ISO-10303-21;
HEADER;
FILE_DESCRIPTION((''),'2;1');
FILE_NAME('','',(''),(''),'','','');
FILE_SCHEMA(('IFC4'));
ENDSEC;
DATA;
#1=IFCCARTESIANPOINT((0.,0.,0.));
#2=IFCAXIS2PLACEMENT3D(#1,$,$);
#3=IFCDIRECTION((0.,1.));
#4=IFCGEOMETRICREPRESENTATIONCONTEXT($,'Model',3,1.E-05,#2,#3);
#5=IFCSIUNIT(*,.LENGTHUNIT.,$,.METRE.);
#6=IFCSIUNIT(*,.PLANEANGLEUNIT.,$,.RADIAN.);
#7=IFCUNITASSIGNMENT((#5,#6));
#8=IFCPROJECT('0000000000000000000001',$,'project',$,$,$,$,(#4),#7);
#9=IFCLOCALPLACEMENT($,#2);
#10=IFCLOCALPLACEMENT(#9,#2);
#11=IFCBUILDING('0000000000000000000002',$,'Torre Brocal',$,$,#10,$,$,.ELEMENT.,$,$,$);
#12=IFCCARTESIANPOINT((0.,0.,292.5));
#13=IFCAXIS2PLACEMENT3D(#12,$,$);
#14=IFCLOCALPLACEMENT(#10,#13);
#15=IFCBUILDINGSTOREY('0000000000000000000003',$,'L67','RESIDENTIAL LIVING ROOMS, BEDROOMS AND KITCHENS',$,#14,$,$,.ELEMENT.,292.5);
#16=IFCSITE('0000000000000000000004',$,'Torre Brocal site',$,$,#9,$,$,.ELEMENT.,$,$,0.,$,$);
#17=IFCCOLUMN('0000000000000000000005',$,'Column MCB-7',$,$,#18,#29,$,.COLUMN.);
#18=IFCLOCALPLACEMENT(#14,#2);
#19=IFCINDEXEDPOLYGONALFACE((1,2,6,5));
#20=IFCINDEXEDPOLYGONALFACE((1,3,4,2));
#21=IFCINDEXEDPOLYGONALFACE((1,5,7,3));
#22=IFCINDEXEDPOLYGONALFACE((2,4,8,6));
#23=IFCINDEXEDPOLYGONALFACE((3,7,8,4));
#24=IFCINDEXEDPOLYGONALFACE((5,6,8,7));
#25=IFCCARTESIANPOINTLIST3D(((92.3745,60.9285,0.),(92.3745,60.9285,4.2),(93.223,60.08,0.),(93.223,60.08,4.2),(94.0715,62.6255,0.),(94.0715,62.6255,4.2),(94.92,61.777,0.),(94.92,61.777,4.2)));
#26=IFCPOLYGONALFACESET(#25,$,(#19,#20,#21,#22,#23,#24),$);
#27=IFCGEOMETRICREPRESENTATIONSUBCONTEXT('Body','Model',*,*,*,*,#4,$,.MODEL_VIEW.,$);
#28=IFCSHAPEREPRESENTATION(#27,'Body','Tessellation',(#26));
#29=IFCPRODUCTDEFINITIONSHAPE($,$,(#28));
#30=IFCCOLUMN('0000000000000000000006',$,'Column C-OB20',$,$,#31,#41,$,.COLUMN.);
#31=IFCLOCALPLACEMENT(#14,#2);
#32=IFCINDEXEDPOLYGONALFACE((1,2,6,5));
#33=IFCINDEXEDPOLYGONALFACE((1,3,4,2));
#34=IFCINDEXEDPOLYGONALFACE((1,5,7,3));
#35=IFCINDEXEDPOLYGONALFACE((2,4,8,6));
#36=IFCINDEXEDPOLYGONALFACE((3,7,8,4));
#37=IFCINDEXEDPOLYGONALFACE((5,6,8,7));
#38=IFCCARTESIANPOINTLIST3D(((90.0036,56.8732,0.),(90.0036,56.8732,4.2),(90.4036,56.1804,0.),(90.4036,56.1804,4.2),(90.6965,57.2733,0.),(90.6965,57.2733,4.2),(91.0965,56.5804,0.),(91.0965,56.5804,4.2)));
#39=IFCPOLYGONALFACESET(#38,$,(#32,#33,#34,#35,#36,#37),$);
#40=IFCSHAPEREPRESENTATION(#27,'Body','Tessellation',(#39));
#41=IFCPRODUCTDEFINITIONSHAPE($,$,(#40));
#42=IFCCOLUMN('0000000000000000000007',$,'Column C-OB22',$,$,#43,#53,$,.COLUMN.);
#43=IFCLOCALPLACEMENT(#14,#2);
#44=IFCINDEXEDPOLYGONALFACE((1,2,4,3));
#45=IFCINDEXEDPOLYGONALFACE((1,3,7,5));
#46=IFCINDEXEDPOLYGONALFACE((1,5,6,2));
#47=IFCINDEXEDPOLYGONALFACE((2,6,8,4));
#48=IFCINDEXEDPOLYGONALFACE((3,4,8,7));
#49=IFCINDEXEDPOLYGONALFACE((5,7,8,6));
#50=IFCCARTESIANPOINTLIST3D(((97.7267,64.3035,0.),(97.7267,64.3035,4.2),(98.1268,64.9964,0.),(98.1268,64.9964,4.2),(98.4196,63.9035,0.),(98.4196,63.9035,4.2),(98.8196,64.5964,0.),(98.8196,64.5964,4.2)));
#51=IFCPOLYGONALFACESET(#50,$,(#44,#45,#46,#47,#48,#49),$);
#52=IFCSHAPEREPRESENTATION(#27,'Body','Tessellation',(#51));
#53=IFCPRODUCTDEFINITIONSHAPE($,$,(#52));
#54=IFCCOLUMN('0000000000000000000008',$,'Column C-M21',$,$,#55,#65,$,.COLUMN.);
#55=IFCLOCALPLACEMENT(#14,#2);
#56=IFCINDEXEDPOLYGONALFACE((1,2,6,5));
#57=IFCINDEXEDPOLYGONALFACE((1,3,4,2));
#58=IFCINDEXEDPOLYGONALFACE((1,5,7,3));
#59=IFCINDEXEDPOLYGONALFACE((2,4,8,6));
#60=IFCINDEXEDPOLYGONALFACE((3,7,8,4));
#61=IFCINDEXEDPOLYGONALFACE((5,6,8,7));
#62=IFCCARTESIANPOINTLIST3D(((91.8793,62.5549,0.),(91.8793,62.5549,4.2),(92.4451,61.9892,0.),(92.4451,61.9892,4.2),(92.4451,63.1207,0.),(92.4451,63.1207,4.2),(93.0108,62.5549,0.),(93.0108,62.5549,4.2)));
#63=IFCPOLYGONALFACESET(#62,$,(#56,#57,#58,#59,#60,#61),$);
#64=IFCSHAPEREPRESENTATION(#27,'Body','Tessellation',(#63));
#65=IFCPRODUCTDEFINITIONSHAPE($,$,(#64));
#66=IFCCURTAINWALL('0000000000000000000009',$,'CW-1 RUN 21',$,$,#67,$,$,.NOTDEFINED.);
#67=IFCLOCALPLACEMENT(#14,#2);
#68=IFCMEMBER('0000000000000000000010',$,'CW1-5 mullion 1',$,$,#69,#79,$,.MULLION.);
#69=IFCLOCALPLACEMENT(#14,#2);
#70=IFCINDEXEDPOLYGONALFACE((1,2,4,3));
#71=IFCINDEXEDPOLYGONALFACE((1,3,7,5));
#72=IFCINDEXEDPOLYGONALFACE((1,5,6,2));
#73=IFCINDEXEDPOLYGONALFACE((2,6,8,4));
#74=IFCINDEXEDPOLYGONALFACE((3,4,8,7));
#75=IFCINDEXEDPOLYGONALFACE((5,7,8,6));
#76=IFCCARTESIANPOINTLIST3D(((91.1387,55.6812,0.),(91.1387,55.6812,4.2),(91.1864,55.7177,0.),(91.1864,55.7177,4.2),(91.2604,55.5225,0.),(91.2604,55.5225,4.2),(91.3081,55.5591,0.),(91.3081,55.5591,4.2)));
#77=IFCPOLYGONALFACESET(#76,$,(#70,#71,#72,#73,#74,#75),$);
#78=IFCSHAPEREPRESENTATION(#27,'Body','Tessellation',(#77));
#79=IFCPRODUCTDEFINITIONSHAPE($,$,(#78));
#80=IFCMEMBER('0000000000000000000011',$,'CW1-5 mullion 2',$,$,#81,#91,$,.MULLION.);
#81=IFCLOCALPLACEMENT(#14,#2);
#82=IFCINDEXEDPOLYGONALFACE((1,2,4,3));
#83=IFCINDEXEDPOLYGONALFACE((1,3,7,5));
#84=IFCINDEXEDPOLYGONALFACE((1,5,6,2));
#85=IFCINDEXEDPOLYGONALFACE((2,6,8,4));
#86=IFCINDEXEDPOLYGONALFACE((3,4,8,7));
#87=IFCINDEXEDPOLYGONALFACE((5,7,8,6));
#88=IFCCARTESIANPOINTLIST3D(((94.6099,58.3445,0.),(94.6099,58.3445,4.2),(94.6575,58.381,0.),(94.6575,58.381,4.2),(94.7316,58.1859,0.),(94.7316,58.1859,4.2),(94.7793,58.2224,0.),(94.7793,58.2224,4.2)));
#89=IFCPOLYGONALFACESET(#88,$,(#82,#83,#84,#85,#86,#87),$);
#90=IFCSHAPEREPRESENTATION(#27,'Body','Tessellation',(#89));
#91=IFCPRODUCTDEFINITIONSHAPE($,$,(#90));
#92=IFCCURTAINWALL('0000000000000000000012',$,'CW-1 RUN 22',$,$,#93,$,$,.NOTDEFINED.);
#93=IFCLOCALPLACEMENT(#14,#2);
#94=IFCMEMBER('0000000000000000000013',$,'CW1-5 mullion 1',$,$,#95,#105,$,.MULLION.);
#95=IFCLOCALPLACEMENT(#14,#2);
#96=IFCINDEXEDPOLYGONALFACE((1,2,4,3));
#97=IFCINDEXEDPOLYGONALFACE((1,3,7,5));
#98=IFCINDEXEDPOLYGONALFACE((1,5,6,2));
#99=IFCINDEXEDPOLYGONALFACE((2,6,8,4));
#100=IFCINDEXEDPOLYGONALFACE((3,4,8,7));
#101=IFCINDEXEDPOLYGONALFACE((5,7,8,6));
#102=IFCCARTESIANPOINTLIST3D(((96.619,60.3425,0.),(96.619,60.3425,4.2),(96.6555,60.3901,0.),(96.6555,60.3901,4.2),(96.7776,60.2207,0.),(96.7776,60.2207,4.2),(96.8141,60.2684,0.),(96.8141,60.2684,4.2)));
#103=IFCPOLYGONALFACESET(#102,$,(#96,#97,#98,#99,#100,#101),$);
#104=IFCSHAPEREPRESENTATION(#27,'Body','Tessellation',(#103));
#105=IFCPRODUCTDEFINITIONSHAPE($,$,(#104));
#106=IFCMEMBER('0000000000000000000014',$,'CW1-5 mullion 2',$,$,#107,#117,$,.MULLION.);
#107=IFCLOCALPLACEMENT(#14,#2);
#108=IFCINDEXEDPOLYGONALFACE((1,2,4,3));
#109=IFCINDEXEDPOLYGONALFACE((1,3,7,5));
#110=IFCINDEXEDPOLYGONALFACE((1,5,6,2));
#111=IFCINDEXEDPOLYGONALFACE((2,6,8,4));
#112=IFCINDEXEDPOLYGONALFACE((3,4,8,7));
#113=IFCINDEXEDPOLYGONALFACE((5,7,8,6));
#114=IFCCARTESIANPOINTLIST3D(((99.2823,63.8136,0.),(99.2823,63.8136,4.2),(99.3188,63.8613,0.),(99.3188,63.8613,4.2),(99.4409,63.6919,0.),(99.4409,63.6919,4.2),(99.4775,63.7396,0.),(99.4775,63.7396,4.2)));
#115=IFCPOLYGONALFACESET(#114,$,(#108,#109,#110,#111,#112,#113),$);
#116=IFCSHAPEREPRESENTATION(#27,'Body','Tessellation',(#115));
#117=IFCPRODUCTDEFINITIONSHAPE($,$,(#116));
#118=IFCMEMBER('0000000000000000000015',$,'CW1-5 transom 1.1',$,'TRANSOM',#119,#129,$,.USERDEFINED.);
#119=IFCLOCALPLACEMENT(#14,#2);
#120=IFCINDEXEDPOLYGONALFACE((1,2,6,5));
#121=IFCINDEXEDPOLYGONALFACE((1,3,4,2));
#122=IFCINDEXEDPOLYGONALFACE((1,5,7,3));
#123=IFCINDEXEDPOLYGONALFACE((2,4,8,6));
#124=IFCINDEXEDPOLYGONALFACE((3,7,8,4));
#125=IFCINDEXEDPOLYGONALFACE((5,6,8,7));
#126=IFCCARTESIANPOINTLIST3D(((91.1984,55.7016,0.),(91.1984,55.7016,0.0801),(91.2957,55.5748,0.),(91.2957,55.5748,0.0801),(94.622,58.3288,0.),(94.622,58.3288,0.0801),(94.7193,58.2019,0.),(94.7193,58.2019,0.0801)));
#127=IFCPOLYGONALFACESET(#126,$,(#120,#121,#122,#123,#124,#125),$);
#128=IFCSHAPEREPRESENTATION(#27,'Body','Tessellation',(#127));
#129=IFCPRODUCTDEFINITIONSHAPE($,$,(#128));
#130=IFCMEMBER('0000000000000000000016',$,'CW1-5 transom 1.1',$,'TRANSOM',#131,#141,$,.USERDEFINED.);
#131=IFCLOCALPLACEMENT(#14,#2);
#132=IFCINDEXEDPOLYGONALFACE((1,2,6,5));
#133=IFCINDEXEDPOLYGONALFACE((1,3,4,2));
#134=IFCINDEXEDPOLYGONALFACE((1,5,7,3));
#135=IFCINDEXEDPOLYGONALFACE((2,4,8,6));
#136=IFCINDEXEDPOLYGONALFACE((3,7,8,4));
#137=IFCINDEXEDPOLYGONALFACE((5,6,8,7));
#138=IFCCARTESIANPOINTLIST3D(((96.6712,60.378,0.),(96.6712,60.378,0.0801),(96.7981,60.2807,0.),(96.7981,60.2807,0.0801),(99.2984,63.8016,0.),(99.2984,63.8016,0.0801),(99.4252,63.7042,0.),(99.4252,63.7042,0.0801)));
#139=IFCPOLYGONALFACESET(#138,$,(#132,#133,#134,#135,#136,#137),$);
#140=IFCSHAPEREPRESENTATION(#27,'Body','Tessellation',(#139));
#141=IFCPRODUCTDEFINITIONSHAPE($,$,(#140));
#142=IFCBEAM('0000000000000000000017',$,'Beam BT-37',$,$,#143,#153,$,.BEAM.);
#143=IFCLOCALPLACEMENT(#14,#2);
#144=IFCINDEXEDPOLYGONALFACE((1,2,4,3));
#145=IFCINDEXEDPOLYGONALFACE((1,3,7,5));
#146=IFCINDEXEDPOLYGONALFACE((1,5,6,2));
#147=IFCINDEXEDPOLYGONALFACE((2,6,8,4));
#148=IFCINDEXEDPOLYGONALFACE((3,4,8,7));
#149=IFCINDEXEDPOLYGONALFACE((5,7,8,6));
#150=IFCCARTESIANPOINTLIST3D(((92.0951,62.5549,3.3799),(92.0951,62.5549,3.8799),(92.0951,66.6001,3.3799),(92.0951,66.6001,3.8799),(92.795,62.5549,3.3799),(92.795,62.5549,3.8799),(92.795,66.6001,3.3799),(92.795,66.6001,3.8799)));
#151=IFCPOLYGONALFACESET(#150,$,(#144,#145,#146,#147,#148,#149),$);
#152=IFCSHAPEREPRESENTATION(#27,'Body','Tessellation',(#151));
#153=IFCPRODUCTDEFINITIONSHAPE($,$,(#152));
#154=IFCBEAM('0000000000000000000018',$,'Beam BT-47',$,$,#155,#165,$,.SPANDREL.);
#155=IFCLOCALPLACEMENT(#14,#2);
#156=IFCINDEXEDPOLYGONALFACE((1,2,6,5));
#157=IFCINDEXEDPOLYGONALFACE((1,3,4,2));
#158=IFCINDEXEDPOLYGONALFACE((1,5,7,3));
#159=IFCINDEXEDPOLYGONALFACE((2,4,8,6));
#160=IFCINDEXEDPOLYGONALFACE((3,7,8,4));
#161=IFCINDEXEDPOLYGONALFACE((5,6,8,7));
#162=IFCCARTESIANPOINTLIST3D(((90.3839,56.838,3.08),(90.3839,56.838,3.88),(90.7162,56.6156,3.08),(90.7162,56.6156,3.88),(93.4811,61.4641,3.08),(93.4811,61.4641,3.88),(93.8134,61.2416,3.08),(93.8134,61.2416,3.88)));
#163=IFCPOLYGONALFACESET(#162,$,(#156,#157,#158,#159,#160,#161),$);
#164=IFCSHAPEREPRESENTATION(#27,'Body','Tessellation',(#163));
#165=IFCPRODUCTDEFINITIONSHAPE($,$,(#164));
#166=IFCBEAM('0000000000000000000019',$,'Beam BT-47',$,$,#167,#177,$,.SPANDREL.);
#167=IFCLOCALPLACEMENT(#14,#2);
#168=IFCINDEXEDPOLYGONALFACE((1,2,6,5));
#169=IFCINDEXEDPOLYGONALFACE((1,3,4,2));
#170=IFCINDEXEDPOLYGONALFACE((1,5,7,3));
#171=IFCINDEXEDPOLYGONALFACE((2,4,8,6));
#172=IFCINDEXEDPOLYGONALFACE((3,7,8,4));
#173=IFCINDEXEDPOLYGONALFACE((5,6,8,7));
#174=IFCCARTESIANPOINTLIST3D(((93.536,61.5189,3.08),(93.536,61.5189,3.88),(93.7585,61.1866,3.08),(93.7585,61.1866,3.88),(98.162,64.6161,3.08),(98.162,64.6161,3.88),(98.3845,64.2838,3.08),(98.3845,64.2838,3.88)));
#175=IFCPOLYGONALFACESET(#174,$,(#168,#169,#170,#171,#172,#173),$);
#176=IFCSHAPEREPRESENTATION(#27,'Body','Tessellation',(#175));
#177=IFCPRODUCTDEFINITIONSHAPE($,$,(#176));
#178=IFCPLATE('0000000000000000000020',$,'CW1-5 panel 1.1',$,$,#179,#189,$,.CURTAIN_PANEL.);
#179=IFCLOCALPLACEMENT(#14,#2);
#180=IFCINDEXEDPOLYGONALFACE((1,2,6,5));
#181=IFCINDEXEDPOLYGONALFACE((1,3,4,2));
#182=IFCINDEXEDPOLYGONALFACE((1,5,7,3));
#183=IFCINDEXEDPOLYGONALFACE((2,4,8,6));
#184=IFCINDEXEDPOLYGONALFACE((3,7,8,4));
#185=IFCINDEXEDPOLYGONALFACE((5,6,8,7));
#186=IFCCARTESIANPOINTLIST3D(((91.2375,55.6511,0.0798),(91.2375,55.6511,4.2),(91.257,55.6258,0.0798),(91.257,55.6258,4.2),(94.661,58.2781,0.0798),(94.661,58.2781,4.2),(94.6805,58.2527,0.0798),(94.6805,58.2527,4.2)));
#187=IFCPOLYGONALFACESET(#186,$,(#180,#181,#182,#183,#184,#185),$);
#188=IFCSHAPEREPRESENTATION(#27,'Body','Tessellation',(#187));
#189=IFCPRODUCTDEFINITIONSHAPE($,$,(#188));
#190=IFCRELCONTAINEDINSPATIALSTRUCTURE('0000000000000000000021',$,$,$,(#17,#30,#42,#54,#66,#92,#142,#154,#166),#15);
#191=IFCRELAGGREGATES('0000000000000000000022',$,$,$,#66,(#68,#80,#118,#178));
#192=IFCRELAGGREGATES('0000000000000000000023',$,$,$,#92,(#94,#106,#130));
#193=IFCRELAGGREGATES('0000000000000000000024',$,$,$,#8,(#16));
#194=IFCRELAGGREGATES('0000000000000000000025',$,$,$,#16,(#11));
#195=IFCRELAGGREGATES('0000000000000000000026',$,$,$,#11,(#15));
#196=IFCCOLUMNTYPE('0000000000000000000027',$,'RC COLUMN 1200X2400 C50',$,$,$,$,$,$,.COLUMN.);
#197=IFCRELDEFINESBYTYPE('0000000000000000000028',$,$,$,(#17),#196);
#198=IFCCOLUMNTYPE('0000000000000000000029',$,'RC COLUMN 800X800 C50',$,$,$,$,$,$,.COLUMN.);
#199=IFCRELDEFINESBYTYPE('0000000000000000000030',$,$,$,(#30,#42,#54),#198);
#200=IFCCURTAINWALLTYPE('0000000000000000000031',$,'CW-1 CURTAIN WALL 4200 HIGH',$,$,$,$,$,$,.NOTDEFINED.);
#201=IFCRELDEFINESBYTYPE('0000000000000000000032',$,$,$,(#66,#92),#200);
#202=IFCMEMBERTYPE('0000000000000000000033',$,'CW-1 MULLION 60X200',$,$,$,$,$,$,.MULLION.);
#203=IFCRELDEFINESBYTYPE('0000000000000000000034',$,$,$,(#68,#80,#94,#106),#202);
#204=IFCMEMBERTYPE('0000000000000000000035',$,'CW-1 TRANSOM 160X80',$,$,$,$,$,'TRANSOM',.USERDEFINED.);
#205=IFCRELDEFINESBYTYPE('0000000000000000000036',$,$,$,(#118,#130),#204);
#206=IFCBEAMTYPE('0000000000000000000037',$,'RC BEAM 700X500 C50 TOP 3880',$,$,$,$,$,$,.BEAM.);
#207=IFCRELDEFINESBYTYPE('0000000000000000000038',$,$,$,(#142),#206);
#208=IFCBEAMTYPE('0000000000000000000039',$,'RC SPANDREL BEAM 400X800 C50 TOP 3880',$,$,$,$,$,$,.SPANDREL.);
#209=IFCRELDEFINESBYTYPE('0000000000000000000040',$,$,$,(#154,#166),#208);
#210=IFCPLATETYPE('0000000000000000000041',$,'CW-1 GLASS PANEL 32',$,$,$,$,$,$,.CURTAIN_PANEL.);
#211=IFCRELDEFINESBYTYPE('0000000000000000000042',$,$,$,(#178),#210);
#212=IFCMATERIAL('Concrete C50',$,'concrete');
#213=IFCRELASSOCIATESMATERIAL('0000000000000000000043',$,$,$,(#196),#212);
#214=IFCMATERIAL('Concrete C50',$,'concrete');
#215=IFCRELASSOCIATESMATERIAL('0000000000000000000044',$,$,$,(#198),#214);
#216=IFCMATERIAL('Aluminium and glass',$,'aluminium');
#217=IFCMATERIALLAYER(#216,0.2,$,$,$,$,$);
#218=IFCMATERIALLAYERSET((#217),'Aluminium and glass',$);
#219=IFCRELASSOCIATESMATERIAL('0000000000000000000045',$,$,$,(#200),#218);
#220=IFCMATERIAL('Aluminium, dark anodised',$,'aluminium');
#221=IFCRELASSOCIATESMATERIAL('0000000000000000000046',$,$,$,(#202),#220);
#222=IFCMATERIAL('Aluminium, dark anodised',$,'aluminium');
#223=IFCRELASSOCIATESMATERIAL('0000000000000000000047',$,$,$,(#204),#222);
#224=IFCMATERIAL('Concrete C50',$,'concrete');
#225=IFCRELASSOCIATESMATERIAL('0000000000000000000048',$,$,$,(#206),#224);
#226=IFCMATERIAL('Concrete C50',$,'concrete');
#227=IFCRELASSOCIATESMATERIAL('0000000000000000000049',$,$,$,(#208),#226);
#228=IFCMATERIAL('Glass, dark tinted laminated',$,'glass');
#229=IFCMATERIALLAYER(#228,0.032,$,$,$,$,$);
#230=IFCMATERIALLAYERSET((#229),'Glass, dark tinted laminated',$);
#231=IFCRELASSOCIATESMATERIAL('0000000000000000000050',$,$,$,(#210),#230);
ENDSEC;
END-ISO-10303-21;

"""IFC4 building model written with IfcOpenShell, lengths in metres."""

from ifc_helpers import new_model, si_unit, direction, frame, origin, origin_2d, place, context, subcontext, project, spatial, rectangle, extrude, material, layer, layer_set, material_profile, profile_set, type_object, element, aggregate, save


model = new_model("IFC4")

# Units and contexts
model_context = context("Model", 3, precision=1e-05, world=origin(), true_north=direction((0.0, 1.0)))
body_context = subcontext(model_context, "Body", "Model", "MODEL_VIEW")
ifc_project = project(units=[si_unit("LENGTHUNIT", "METRE"), si_unit("PLANEANGLEUNIT", "RADIAN")], contexts=[model_context])

# Site, building, storey
site_placement = place(None, origin())
site = spatial("IfcSite", under=ifc_project, at=site_placement, Name="Torre Brocal site", CompositionType="ELEMENT", RefElevation=0.0)
building_placement = place(site_placement, origin())
building = spatial("IfcBuilding", under=site, at=building_placement, Name="Torre Brocal", CompositionType="ELEMENT")
storey_placement = place(building_placement, frame((0.0, 0.0, 292.5)))
storey = spatial("IfcBuildingStorey", under=building, at=storey_placement, Name="L67", Description="RESIDENTIAL LIVING ROOMS, BEDROOMS AND KITCHENS", CompositionType="ELEMENT", Elevation=292.5)

# Columns
ifc_material_1 = material(Name="Concrete C50", Category="concrete")
ifc_material_profile_1 = material_profile(ifc_material_1, rectangle(XDim=1.2, YDim=2.3999, at=origin_2d()), Name="RC 1200X2400")
ifc_profile_set_1 = profile_set([ifc_material_profile_1], Name="Concrete C50")
column_type_1 = type_object("IfcColumnType", Name="RC COLUMN 1200X2400 C50", PredefinedType="COLUMN", material=ifc_profile_set_1)
column_placement = place(storey_placement, frame((93.6472, 61.3528, 0.0), z_axis=(0.0, 0.0, 1.0), x_axis=(0.707107, -0.707107, 0.0)))
element("IfcColumn", 1, at=column_placement, inside=storey, type_object=column_type_1, Name="Column MCB-7", PredefinedType="COLUMN", context=body_context, shape_type="SweptSolid", body=[
    extrude(rectangle(XDim=1.2, YDim=2.3999, at=origin_2d()), origin(), (0.0, 0.0, 1.0), 4.2),
])
ifc_material_2 = material(Name="Concrete C50", Category="concrete")
ifc_material_profile_2 = material_profile(ifc_material_2, rectangle(XDim=0.8, YDim=0.8, at=origin_2d()), Name="RC 800X800")
ifc_profile_set_2 = profile_set([ifc_material_profile_2], Name="Concrete C50")
column_type_2 = type_object("IfcColumnType", Name="RC COLUMN 800X800 C50", PredefinedType="COLUMN", material=ifc_profile_set_2)
for number, where, z_axis, x_axis, name in (
    (2, (90.55, 56.7268, 0.0), (0.0, 0.0, 1.0), (0.5, -0.866025, 0.0), "Column C-OB20"),
    (3, (98.2732, 64.45, 0.0), (0.0, 0.0, 1.0), (0.866025, -0.5, 0.0), "Column C-OB22"),
    (4, (92.4451, 62.5549, 0.0), (0.0, 0.0, 1.0), (0.707107, -0.707107, 0.0), "Column C-M21"),
):
    element("IfcColumn", number, at=place(storey_placement, frame(where, z_axis=z_axis, x_axis=x_axis)), inside=storey, type_object=column_type_2, Name=name, PredefinedType="COLUMN", context=body_context, shape_type="SweptSolid", body=[
        extrude(rectangle(XDim=0.8, YDim=0.8, at=origin_2d()), origin(), (0.0, 0.0, 1.0), 4.2),
    ])

# Curtain walls, members
ifc_material_3 = material(Name="Aluminium and glass", Category="aluminium")
ifc_layer_1 = layer(ifc_material_3, 0.2)
ifc_layer_set_1 = layer_set([ifc_layer_1], Name="Aluminium and glass")
curtain_wall_type = type_object("IfcCurtainWallType", Name="CW-1 CURTAIN WALL 4200 HIGH", PredefinedType="NOTDEFINED", material=ifc_layer_set_1)
curtain_wall_1_placement = place(storey_placement, origin())
curtain_wall_1 = element("IfcCurtainWall", 5, at=curtain_wall_1_placement, inside=storey, type_object=curtain_wall_type, Name="CW-1 RUN 21", PredefinedType="NOTDEFINED")
ifc_material_4 = material(Name="Aluminium, dark anodised", Category="aluminium")
ifc_material_profile_3 = material_profile(ifc_material_4, rectangle(XDim=0.2, YDim=0.0601, at=origin_2d()), Name="CW-1 MULLION 60X200")
ifc_profile_set_3 = profile_set([ifc_material_profile_3], Name="Aluminium, dark anodised")
member_type_1 = type_object("IfcMemberType", Name="CW-1 MULLION 60X200", PredefinedType="MULLION", material=ifc_profile_set_3)
member_1_placement = place(storey_placement, frame((91.2234, 55.6201, 0.0), z_axis=(0.0, 0.0, 1.0), x_axis=(-0.608761, 0.793353, 0.0)))
member_1 = element("IfcMember", 6, at=member_1_placement, type_object=member_type_1, Name="CW1-5 mullion 1", PredefinedType="MULLION", context=body_context, shape_type="SweptSolid", body=[
    extrude(rectangle(XDim=0.2, YDim=0.0601, at=origin_2d()), origin(), (0.0, 0.0, 1.0), 4.2),
])
member_2_placement = place(storey_placement, frame((94.6946, 58.2834, 0.0), z_axis=(0.0, 0.0, 1.0), x_axis=(-0.608761, 0.793353, 0.0)))
member_2 = element("IfcMember", 7, at=member_2_placement, type_object=member_type_1, Name="CW1-5 mullion 2", PredefinedType="MULLION", context=body_context, shape_type="SweptSolid", body=[
    extrude(rectangle(XDim=0.2, YDim=0.0601, at=origin_2d()), origin(), (0.0, 0.0, 1.0), 4.2),
])
curtain_wall_2_placement = place(storey_placement, origin())
curtain_wall_2 = element("IfcCurtainWall", 8, at=curtain_wall_2_placement, inside=storey, type_object=curtain_wall_type, Name="CW-1 RUN 22", PredefinedType="NOTDEFINED")
member_3_placement = place(storey_placement, frame((96.7166, 60.3054, 0.0), z_axis=(0.0, 0.0, 1.0), x_axis=(-0.793353, 0.608761, 0.0)))
member_3 = element("IfcMember", 9, at=member_3_placement, type_object=member_type_1, Name="CW1-5 mullion 1", PredefinedType="MULLION", context=body_context, shape_type="SweptSolid", body=[
    extrude(rectangle(XDim=0.2, YDim=0.0601, at=origin_2d()), origin(), (0.0, 0.0, 1.0), 4.2),
])
member_4_placement = place(storey_placement, frame((99.3799, 63.7766, 0.0), z_axis=(0.0, 0.0, 1.0), x_axis=(-0.793353, 0.608761, 0.0)))
member_4 = element("IfcMember", 10, at=member_4_placement, type_object=member_type_1, Name="CW1-5 mullion 2", PredefinedType="MULLION", context=body_context, shape_type="SweptSolid", body=[
    extrude(rectangle(XDim=0.2, YDim=0.0601, at=origin_2d()), origin(), (0.0, 0.0, 1.0), 4.2),
])

# Members
ifc_material_5 = material(Name="Aluminium, dark anodised", Category="aluminium")
ifc_material_profile_4 = material_profile(ifc_material_5, rectangle(XDim=0.1599, YDim=0.0801, at=origin_2d()), Name="CW-1 TRANSOM 160X80")
ifc_profile_set_4 = profile_set([ifc_material_profile_4], Name="Aluminium, dark anodised")
member_type_2 = type_object("IfcMemberType", Name="CW-1 TRANSOM 160X80", ElementType="TRANSOM", PredefinedType="USERDEFINED", material=ifc_profile_set_4)
member_5_placement = place(storey_placement, frame((91.2471, 55.6382, 0.04), z_axis=(0.793332, 0.608789, 0.0), x_axis=(-0.608789, 0.793332, 0.0)))
member_5 = element("IfcMember", 11, at=member_5_placement, type_object=member_type_2, Name="CW1-5 transom 1.1", ObjectType="TRANSOM", PredefinedType="USERDEFINED", context=body_context, shape_type="SweptSolid", body=[
    extrude(rectangle(XDim=0.1599, YDim=0.0801, at=origin_2d()), origin(), (0.0, 0.0, 1.0), 4.3154),
])
member_6_placement = place(storey_placement, frame((96.7346, 60.3293, 0.04), z_axis=(0.608789, 0.793332, 0.0), x_axis=(-0.793332, 0.608789, 0.0)))
member_6 = element("IfcMember", 12, at=member_6_placement, type_object=member_type_2, Name="CW1-5 transom 1.1", ObjectType="TRANSOM", PredefinedType="USERDEFINED", context=body_context, shape_type="SweptSolid", body=[
    extrude(rectangle(XDim=0.1599, YDim=0.0801, at=origin_2d()), origin(), (0.0, 0.0, 1.0), 4.3154),
])

# Beams
ifc_material_6 = material(Name="Concrete C50", Category="concrete")
ifc_material_profile_5 = material_profile(ifc_material_6, rectangle(XDim=0.7, YDim=0.5, at=origin_2d()), Name="RC 700X500")
ifc_profile_set_5 = profile_set([ifc_material_profile_5], Name="Concrete C50")
beam_type_1 = type_object("IfcBeamType", Name="RC BEAM 700X500 C50 TOP 3880", PredefinedType="BEAM", material=ifc_profile_set_5)
beam_placement = place(storey_placement, frame((92.4451, 62.5549, 3.6299), z_axis=(0.0, 1.0, 0.0), x_axis=(-1.0, 0.0, 0.0)))
element("IfcBeam", 13, at=beam_placement, inside=storey, type_object=beam_type_1, Name="Beam BT-37", PredefinedType="BEAM", context=body_context, shape_type="SweptSolid", body=[
    extrude(rectangle(XDim=0.7, YDim=0.5, at=origin_2d()), origin(), (0.0, 0.0, 1.0), 4.0452),
])
ifc_material_7 = material(Name="Concrete C50", Category="concrete")
ifc_material_profile_6 = material_profile(ifc_material_7, rectangle(XDim=0.3999, YDim=0.8, at=origin_2d()), Name="RC 400X800")
ifc_profile_set_6 = profile_set([ifc_material_profile_6], Name="Concrete C50")
beam_type_2 = type_object("IfcBeamType", Name="RC SPANDREL BEAM 400X800 C50 TOP 3880", PredefinedType="SPANDREL", material=ifc_profile_set_6)
for number, where, z_axis, x_axis, name in (
    (14, (90.55, 56.7268, 3.48), (0.556339, 0.830956, 0.0), (-0.830956, 0.556339, 0.0), "Beam BT-47"),
    (15, (93.6472, 61.3528, 3.48), (0.830956, 0.556339, 0.0), (-0.556339, 0.830956, 0.0), "Beam BT-47"),
):
    element("IfcBeam", number, at=place(storey_placement, frame(where, z_axis=z_axis, x_axis=x_axis)), inside=storey, type_object=beam_type_2, Name=name, PredefinedType="SPANDREL", context=body_context, shape_type="SweptSolid", body=[
        extrude(rectangle(XDim=0.3999, YDim=0.8, at=origin_2d()), origin(), (0.0, 0.0, 1.0), 5.5671),
    ])

# Plate
ifc_material_8 = material(Name="Glass, dark tinted laminated", Category="glass")
ifc_layer_2 = layer(ifc_material_8, 0.032)
ifc_layer_set_2 = layer_set([ifc_layer_2], Name="Glass, dark tinted laminated")
plate_type = type_object("IfcPlateType", Name="CW-1 GLASS PANEL 32", PredefinedType="CURTAIN_PANEL", material=ifc_layer_set_2)
plate_1_placement = place(storey_placement, frame((92.959, 56.9519, 0.0798), z_axis=(0.0, 0.0, 1.0), x_axis=(0.793353, 0.608761, 0.0)))
plate_1 = element("IfcPlate", 16, at=plate_1_placement, type_object=plate_type, Name="CW1-5 panel 1.1", PredefinedType="CURTAIN_PANEL", context=body_context, shape_type="SweptSolid", body=[
    extrude(rectangle(XDim=4.3152, YDim=0.032, at=origin_2d()), origin(), (0.0, 0.0, 1.0), 4.1201),
])
aggregate(curtain_wall_1, [member_1, member_2, member_5, plate_1])
aggregate(curtain_wall_2, [member_3, member_4, member_6])

save(model, "model.ifc")
